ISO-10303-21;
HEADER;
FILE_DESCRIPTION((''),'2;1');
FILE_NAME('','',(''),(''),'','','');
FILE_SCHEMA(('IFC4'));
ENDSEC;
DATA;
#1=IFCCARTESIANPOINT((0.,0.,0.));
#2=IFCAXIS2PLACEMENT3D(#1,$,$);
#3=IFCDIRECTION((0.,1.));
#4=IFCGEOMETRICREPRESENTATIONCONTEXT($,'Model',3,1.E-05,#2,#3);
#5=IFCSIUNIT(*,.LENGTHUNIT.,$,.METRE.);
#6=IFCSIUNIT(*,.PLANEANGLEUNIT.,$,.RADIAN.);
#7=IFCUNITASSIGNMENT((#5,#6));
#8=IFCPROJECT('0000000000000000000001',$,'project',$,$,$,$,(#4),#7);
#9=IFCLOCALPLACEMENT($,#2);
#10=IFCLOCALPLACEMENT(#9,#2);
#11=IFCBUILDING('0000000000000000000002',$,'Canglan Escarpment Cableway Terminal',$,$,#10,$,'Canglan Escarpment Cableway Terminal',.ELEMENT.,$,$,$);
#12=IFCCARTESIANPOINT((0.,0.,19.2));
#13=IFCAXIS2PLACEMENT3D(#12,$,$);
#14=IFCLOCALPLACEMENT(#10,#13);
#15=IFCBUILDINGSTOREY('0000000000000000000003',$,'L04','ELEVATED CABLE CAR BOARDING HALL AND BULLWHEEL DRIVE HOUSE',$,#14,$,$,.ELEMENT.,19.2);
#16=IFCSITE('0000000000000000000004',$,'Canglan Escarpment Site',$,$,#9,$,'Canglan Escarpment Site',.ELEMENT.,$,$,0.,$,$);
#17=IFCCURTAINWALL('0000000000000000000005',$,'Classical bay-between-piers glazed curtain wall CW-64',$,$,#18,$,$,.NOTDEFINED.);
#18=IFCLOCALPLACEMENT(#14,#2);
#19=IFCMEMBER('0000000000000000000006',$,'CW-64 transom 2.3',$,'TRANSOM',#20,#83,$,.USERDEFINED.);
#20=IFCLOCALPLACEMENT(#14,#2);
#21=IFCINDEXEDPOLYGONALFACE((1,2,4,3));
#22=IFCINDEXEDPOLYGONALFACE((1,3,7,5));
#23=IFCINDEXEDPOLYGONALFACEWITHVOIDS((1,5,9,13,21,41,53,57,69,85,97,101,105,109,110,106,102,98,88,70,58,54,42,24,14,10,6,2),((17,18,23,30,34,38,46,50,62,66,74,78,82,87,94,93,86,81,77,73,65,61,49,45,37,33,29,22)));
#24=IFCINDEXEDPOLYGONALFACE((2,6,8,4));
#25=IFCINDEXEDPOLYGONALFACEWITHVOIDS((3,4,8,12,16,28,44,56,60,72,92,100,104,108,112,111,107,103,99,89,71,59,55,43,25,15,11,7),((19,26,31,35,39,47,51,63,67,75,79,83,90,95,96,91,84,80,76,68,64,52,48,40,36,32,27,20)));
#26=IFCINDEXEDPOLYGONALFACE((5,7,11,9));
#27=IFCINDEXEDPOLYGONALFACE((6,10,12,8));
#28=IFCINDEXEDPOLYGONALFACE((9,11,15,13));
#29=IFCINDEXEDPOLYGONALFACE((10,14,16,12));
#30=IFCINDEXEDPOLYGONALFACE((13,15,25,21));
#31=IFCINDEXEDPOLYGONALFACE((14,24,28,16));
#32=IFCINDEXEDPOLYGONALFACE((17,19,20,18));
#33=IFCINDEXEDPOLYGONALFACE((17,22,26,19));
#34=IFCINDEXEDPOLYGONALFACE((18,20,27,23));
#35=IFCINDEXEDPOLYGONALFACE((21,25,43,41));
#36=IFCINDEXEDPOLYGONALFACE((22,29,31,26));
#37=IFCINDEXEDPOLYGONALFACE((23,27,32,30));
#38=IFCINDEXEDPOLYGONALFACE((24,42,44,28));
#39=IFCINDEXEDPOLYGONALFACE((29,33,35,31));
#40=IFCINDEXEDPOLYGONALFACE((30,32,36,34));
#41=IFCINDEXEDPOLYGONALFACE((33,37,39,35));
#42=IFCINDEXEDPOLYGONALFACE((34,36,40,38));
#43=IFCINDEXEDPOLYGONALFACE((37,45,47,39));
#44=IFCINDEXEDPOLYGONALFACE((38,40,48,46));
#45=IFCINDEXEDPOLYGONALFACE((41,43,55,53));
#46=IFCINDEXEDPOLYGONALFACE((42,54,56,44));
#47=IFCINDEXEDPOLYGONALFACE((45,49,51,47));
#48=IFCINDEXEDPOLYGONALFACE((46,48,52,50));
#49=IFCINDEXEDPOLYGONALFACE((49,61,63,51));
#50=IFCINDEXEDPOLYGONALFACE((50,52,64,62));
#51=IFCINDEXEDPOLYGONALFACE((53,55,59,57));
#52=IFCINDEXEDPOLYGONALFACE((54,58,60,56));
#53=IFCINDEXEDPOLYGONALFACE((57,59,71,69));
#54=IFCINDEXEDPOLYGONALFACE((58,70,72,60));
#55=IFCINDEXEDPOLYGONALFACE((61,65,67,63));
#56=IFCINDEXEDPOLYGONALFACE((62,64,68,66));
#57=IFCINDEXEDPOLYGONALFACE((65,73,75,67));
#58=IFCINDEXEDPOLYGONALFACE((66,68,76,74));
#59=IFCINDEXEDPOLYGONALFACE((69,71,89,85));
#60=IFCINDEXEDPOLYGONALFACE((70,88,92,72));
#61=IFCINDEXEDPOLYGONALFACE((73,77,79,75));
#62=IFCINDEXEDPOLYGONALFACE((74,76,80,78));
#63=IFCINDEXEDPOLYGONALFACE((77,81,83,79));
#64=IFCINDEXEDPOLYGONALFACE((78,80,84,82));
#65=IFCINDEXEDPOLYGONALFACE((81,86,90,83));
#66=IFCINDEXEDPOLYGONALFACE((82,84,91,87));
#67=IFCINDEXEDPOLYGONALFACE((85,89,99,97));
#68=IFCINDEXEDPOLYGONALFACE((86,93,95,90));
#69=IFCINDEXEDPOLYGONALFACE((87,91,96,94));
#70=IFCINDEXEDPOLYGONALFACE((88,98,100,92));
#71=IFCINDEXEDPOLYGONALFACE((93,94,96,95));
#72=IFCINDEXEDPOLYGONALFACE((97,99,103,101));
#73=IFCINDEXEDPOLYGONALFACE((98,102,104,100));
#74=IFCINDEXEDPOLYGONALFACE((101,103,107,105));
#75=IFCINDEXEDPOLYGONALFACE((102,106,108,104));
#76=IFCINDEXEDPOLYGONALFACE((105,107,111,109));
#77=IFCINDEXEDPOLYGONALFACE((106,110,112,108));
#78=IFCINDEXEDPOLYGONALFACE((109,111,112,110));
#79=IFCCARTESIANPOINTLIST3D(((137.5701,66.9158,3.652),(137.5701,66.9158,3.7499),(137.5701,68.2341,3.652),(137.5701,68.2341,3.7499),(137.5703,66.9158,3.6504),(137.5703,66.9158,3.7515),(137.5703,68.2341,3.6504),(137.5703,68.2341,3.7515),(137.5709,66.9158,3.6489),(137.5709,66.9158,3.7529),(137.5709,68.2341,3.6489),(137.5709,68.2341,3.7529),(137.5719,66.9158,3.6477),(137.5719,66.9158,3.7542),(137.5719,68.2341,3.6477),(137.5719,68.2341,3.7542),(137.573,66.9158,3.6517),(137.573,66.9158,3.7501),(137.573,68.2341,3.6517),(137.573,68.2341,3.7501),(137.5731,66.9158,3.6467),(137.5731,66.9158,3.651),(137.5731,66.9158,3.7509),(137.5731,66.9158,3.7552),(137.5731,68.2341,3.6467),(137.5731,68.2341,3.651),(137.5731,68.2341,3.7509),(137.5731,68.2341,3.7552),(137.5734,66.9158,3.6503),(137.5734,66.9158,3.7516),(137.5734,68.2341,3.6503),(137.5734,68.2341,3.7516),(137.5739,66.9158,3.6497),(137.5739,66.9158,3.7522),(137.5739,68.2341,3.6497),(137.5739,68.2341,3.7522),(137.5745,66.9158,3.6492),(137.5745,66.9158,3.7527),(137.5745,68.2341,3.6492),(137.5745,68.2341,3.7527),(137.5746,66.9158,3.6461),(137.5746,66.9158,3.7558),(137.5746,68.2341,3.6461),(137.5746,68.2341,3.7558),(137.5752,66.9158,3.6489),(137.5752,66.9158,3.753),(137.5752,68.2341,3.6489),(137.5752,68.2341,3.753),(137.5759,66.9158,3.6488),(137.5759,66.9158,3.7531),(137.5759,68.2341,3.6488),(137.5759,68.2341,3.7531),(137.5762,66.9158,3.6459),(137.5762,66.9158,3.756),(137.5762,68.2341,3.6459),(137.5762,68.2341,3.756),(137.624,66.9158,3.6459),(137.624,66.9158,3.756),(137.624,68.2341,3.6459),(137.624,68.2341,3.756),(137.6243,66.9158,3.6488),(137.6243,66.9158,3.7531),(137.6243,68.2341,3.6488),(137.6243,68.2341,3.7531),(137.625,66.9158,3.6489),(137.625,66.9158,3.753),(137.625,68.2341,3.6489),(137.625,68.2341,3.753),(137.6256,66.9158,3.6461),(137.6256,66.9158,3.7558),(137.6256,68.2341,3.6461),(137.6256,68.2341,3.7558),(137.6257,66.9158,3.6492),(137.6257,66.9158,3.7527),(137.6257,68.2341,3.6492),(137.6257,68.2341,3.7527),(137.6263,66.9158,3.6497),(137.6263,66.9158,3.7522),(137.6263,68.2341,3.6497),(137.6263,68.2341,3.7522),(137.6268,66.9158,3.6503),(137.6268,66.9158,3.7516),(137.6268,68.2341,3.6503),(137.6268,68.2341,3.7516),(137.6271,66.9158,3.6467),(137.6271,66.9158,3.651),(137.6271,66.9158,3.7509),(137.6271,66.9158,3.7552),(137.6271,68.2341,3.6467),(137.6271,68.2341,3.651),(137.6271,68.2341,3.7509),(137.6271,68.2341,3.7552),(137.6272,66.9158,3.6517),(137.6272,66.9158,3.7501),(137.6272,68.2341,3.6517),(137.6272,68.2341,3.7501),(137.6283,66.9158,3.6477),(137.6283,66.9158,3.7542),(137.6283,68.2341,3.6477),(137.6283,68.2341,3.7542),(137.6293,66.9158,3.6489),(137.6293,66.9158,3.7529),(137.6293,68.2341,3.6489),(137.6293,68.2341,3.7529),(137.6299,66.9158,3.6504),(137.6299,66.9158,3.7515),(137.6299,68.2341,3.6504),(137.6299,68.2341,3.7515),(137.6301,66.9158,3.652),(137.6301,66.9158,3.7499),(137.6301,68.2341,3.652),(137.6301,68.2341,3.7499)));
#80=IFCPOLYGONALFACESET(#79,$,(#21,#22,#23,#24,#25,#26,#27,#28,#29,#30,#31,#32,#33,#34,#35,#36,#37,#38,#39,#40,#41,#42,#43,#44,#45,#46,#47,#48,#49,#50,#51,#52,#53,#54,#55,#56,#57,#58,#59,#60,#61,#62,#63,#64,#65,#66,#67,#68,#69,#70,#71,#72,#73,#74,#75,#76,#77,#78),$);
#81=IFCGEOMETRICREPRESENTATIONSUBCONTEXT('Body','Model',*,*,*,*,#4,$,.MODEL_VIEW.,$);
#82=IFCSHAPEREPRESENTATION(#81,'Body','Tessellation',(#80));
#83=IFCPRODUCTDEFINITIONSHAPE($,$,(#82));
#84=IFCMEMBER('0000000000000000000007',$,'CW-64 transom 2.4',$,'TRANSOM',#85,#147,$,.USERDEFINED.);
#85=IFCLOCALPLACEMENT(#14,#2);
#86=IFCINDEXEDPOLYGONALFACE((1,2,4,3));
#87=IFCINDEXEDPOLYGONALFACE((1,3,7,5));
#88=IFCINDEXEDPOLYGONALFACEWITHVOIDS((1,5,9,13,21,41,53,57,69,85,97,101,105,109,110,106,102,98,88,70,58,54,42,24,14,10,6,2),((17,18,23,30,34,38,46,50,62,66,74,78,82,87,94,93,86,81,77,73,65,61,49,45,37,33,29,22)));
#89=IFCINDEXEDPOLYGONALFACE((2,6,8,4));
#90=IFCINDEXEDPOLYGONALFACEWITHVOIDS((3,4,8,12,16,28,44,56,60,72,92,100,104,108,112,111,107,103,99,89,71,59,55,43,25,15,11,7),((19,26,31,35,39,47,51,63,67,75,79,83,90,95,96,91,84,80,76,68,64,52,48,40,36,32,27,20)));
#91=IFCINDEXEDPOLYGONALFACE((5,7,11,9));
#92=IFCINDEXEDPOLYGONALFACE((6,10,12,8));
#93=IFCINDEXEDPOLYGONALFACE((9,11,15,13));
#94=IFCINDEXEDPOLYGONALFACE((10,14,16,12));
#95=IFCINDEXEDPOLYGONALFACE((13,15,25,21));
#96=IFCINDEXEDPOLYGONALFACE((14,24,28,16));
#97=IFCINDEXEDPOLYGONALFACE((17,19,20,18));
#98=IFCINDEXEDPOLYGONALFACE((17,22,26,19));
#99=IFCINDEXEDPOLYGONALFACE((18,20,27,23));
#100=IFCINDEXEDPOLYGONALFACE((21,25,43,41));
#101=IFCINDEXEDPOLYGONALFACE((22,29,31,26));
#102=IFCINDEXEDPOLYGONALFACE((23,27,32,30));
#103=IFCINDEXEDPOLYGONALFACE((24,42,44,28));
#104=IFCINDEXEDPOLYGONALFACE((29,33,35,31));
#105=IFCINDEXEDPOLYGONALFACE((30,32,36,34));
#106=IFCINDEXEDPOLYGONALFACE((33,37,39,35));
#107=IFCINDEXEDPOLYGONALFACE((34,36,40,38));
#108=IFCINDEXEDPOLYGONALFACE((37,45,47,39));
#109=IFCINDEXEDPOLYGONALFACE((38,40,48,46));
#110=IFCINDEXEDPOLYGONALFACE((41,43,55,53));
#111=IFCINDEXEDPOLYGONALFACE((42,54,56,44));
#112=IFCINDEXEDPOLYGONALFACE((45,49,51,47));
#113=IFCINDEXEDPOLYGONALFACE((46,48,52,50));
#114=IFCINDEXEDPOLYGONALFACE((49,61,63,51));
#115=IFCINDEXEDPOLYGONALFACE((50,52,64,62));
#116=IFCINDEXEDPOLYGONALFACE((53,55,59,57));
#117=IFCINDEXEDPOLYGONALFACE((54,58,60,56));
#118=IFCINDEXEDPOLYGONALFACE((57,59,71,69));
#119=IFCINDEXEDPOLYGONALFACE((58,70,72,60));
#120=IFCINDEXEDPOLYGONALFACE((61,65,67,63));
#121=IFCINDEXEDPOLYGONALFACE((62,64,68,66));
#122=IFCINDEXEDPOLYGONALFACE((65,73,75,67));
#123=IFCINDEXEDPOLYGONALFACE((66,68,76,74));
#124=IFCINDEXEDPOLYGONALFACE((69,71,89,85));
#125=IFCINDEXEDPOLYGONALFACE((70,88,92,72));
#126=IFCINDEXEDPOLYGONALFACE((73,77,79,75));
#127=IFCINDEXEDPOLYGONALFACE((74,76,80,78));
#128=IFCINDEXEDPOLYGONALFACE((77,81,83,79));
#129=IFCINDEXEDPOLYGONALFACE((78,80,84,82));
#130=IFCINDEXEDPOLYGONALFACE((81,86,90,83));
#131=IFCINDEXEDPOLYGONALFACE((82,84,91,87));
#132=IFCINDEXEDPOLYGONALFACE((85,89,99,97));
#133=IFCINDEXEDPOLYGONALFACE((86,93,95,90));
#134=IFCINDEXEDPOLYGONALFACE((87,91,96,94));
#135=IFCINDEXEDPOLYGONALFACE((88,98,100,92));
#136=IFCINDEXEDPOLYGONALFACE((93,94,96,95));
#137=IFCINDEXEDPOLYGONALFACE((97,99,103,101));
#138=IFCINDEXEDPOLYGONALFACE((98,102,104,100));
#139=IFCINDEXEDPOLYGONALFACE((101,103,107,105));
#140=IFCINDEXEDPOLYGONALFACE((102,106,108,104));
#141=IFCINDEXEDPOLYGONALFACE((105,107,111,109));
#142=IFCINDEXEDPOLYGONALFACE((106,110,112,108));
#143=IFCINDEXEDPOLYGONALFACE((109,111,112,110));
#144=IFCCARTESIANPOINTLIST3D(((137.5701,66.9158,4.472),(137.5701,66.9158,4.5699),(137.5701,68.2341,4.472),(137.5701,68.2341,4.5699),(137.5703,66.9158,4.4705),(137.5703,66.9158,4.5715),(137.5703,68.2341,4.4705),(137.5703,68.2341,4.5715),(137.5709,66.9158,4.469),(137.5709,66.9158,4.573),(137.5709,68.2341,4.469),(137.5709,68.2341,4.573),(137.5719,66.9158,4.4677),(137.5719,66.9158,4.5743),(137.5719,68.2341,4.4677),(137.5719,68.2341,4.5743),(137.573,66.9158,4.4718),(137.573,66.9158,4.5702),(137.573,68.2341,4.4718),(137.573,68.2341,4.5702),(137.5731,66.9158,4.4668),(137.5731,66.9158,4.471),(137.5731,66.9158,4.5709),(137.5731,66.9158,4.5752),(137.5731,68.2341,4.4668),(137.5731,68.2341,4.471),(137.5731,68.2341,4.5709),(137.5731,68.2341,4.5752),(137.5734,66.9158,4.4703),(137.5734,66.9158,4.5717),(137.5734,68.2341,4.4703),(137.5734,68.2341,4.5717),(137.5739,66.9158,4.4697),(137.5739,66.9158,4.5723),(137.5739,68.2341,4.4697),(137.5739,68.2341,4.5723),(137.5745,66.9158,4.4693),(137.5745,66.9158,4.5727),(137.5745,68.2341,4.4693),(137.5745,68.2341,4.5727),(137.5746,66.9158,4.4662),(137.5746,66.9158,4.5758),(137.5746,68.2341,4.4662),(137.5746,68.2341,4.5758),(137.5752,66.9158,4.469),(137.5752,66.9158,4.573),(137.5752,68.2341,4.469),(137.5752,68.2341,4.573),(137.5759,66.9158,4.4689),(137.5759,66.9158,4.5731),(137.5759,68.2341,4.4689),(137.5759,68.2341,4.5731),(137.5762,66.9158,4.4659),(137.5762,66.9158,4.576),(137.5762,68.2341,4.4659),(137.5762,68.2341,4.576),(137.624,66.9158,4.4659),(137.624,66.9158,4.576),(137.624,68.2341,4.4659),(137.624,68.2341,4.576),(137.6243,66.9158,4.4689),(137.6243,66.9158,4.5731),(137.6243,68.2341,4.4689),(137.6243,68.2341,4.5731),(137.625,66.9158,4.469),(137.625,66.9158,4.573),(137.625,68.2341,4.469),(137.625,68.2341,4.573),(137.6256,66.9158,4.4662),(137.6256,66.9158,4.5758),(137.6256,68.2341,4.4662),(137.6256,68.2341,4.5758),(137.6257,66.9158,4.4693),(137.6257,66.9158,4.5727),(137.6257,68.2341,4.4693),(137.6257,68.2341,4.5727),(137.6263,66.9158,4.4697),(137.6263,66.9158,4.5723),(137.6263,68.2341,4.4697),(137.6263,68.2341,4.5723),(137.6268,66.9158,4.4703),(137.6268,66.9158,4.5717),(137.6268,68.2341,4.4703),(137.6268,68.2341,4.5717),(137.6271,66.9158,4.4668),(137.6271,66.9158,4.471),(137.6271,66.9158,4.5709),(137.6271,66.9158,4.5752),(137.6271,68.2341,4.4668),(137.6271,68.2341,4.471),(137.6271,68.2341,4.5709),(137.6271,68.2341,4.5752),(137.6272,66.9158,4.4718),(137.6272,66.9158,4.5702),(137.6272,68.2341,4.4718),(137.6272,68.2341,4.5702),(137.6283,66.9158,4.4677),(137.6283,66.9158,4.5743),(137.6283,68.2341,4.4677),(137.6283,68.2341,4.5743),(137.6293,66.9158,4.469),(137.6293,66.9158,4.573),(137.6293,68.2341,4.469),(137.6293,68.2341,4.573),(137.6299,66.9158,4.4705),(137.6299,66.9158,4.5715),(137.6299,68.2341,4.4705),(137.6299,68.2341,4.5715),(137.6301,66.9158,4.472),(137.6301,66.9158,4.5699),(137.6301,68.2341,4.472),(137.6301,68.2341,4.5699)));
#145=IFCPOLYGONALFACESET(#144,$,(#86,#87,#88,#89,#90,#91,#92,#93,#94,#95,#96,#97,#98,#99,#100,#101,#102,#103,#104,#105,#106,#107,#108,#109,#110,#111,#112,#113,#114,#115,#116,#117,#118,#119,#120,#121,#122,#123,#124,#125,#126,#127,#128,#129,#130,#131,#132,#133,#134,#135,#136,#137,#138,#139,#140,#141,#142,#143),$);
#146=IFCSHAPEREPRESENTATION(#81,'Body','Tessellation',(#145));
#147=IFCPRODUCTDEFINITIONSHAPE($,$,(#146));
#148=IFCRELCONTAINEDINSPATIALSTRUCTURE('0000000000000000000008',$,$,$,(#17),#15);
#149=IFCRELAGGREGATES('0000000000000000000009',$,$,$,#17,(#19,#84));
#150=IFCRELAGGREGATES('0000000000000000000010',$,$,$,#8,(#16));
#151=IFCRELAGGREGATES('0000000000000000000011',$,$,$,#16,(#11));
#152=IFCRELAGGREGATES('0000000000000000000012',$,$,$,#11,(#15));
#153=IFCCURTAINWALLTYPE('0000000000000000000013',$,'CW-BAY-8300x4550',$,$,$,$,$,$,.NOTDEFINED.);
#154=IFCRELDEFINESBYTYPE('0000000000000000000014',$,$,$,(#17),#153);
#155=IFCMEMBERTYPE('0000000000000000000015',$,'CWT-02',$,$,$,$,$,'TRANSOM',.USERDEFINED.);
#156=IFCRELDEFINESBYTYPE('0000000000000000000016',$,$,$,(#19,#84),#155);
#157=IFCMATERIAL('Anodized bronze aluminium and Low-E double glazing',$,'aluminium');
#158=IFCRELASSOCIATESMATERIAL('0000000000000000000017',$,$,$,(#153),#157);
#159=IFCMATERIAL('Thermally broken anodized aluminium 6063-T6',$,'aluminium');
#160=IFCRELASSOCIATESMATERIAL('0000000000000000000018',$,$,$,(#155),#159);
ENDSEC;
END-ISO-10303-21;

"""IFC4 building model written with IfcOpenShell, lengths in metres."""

from ifc_helpers import new_model, si_unit, direction, frame, origin, origin_2d, place, context, subcontext, project, spatial, hollow_rectangle, extrude, material, material_profile, profile_set, type_object, element, aggregate, save


model = new_model("IFC4")

# Units and contexts
model_context = context("Model", 3, precision=1e-05, world=origin(), true_north=direction((0.0, 1.0)))
body_context = subcontext(model_context, "Body", "Model", "MODEL_VIEW")
ifc_project = project(units=[si_unit("LENGTHUNIT", "METRE"), si_unit("PLANEANGLEUNIT", "RADIAN")], contexts=[model_context])

# Site, building, storey
site_placement = place(None, origin())
site = spatial("IfcSite", under=ifc_project, at=site_placement, Name="Canglan Escarpment Site", LongName="Canglan Escarpment Site", CompositionType="ELEMENT", RefElevation=0.0)
building_placement = place(site_placement, origin())
building = spatial("IfcBuilding", under=site, at=building_placement, Name="Canglan Escarpment Cableway Terminal", LongName="Canglan Escarpment Cableway Terminal", CompositionType="ELEMENT")
storey_placement = place(building_placement, frame((0.0, 0.0, 19.2)))
storey = spatial("IfcBuildingStorey", under=building, at=storey_placement, Name="L04", Description="ELEVATED CABLE CAR BOARDING HALL AND BULLWHEEL DRIVE HOUSE", CompositionType="ELEMENT", Elevation=19.2)

# Curtain wall
ifc_material_1 = material(Name="Anodized bronze aluminium and Low-E double glazing", Category="aluminium")
curtain_wall_type = type_object("IfcCurtainWallType", Name="CW-BAY-8300x4550", PredefinedType="NOTDEFINED", material=ifc_material_1)
curtain_wall_1_placement = place(storey_placement, origin())
curtain_wall_1 = element("IfcCurtainWall", 1, at=curtain_wall_1_placement, inside=storey, type_object=curtain_wall_type, Name="Classical bay-between-piers glazed curtain wall CW-64", PredefinedType="NOTDEFINED")
ifc_material_2 = material(Name="Thermally broken anodized aluminium 6063-T6", Category="aluminium")

# Members
ifc_material_profile_1 = material_profile(ifc_material_2, hollow_rectangle(XDim=0.0601, YDim=0.1101, WallThickness=0.0029, InnerFilletRadius=0.0029, OuterFilletRadius=0.0061, at=origin_2d()), Name="ALU-TRAN 60x110x3")
ifc_profile_set_1 = profile_set([ifc_material_profile_1], Name="Thermally broken anodized aluminium 6063-T6")
member_type_1 = type_object("IfcMemberType", Name="CWT-02", ElementType="TRANSOM", PredefinedType="USERDEFINED", material=ifc_profile_set_1)
member_1_placement = place(storey_placement, frame((137.6001, 68.2341, 3.7009), z_axis=(0.0, -1.0, 0.0), x_axis=(1.0, 0.0, 0.0)))
member_1 = element("IfcMember", 2, at=member_1_placement, type_object=member_type_1, Name="CW-64 transom 2.3", ObjectType="TRANSOM", PredefinedType="USERDEFINED", context=body_context, shape_type="SweptSolid", body=[
    extrude(hollow_rectangle(XDim=0.0601, YDim=0.1101, WallThickness=0.0029, InnerFilletRadius=0.0029, OuterFilletRadius=0.0061, at=origin_2d()), origin(), (0.0, 0.0, 1.0), 1.3184),
])
member_2_placement = place(storey_placement, frame((137.6001, 68.2341, 4.521), z_axis=(0.0, -1.0, 0.0), x_axis=(1.0, 0.0, 0.0)))
member_2 = element("IfcMember", 3, at=member_2_placement, type_object=member_type_1, Name="CW-64 transom 2.4", ObjectType="TRANSOM", PredefinedType="USERDEFINED", context=body_context, shape_type="SweptSolid", body=[
    extrude(hollow_rectangle(XDim=0.0601, YDim=0.1101, WallThickness=0.0029, InnerFilletRadius=0.0029, OuterFilletRadius=0.0061, at=origin_2d()), origin(), (0.0, 0.0, 1.0), 1.3184),
])

aggregate(curtain_wall_1, [member_1, member_2])

save(model, "model.ifc")
